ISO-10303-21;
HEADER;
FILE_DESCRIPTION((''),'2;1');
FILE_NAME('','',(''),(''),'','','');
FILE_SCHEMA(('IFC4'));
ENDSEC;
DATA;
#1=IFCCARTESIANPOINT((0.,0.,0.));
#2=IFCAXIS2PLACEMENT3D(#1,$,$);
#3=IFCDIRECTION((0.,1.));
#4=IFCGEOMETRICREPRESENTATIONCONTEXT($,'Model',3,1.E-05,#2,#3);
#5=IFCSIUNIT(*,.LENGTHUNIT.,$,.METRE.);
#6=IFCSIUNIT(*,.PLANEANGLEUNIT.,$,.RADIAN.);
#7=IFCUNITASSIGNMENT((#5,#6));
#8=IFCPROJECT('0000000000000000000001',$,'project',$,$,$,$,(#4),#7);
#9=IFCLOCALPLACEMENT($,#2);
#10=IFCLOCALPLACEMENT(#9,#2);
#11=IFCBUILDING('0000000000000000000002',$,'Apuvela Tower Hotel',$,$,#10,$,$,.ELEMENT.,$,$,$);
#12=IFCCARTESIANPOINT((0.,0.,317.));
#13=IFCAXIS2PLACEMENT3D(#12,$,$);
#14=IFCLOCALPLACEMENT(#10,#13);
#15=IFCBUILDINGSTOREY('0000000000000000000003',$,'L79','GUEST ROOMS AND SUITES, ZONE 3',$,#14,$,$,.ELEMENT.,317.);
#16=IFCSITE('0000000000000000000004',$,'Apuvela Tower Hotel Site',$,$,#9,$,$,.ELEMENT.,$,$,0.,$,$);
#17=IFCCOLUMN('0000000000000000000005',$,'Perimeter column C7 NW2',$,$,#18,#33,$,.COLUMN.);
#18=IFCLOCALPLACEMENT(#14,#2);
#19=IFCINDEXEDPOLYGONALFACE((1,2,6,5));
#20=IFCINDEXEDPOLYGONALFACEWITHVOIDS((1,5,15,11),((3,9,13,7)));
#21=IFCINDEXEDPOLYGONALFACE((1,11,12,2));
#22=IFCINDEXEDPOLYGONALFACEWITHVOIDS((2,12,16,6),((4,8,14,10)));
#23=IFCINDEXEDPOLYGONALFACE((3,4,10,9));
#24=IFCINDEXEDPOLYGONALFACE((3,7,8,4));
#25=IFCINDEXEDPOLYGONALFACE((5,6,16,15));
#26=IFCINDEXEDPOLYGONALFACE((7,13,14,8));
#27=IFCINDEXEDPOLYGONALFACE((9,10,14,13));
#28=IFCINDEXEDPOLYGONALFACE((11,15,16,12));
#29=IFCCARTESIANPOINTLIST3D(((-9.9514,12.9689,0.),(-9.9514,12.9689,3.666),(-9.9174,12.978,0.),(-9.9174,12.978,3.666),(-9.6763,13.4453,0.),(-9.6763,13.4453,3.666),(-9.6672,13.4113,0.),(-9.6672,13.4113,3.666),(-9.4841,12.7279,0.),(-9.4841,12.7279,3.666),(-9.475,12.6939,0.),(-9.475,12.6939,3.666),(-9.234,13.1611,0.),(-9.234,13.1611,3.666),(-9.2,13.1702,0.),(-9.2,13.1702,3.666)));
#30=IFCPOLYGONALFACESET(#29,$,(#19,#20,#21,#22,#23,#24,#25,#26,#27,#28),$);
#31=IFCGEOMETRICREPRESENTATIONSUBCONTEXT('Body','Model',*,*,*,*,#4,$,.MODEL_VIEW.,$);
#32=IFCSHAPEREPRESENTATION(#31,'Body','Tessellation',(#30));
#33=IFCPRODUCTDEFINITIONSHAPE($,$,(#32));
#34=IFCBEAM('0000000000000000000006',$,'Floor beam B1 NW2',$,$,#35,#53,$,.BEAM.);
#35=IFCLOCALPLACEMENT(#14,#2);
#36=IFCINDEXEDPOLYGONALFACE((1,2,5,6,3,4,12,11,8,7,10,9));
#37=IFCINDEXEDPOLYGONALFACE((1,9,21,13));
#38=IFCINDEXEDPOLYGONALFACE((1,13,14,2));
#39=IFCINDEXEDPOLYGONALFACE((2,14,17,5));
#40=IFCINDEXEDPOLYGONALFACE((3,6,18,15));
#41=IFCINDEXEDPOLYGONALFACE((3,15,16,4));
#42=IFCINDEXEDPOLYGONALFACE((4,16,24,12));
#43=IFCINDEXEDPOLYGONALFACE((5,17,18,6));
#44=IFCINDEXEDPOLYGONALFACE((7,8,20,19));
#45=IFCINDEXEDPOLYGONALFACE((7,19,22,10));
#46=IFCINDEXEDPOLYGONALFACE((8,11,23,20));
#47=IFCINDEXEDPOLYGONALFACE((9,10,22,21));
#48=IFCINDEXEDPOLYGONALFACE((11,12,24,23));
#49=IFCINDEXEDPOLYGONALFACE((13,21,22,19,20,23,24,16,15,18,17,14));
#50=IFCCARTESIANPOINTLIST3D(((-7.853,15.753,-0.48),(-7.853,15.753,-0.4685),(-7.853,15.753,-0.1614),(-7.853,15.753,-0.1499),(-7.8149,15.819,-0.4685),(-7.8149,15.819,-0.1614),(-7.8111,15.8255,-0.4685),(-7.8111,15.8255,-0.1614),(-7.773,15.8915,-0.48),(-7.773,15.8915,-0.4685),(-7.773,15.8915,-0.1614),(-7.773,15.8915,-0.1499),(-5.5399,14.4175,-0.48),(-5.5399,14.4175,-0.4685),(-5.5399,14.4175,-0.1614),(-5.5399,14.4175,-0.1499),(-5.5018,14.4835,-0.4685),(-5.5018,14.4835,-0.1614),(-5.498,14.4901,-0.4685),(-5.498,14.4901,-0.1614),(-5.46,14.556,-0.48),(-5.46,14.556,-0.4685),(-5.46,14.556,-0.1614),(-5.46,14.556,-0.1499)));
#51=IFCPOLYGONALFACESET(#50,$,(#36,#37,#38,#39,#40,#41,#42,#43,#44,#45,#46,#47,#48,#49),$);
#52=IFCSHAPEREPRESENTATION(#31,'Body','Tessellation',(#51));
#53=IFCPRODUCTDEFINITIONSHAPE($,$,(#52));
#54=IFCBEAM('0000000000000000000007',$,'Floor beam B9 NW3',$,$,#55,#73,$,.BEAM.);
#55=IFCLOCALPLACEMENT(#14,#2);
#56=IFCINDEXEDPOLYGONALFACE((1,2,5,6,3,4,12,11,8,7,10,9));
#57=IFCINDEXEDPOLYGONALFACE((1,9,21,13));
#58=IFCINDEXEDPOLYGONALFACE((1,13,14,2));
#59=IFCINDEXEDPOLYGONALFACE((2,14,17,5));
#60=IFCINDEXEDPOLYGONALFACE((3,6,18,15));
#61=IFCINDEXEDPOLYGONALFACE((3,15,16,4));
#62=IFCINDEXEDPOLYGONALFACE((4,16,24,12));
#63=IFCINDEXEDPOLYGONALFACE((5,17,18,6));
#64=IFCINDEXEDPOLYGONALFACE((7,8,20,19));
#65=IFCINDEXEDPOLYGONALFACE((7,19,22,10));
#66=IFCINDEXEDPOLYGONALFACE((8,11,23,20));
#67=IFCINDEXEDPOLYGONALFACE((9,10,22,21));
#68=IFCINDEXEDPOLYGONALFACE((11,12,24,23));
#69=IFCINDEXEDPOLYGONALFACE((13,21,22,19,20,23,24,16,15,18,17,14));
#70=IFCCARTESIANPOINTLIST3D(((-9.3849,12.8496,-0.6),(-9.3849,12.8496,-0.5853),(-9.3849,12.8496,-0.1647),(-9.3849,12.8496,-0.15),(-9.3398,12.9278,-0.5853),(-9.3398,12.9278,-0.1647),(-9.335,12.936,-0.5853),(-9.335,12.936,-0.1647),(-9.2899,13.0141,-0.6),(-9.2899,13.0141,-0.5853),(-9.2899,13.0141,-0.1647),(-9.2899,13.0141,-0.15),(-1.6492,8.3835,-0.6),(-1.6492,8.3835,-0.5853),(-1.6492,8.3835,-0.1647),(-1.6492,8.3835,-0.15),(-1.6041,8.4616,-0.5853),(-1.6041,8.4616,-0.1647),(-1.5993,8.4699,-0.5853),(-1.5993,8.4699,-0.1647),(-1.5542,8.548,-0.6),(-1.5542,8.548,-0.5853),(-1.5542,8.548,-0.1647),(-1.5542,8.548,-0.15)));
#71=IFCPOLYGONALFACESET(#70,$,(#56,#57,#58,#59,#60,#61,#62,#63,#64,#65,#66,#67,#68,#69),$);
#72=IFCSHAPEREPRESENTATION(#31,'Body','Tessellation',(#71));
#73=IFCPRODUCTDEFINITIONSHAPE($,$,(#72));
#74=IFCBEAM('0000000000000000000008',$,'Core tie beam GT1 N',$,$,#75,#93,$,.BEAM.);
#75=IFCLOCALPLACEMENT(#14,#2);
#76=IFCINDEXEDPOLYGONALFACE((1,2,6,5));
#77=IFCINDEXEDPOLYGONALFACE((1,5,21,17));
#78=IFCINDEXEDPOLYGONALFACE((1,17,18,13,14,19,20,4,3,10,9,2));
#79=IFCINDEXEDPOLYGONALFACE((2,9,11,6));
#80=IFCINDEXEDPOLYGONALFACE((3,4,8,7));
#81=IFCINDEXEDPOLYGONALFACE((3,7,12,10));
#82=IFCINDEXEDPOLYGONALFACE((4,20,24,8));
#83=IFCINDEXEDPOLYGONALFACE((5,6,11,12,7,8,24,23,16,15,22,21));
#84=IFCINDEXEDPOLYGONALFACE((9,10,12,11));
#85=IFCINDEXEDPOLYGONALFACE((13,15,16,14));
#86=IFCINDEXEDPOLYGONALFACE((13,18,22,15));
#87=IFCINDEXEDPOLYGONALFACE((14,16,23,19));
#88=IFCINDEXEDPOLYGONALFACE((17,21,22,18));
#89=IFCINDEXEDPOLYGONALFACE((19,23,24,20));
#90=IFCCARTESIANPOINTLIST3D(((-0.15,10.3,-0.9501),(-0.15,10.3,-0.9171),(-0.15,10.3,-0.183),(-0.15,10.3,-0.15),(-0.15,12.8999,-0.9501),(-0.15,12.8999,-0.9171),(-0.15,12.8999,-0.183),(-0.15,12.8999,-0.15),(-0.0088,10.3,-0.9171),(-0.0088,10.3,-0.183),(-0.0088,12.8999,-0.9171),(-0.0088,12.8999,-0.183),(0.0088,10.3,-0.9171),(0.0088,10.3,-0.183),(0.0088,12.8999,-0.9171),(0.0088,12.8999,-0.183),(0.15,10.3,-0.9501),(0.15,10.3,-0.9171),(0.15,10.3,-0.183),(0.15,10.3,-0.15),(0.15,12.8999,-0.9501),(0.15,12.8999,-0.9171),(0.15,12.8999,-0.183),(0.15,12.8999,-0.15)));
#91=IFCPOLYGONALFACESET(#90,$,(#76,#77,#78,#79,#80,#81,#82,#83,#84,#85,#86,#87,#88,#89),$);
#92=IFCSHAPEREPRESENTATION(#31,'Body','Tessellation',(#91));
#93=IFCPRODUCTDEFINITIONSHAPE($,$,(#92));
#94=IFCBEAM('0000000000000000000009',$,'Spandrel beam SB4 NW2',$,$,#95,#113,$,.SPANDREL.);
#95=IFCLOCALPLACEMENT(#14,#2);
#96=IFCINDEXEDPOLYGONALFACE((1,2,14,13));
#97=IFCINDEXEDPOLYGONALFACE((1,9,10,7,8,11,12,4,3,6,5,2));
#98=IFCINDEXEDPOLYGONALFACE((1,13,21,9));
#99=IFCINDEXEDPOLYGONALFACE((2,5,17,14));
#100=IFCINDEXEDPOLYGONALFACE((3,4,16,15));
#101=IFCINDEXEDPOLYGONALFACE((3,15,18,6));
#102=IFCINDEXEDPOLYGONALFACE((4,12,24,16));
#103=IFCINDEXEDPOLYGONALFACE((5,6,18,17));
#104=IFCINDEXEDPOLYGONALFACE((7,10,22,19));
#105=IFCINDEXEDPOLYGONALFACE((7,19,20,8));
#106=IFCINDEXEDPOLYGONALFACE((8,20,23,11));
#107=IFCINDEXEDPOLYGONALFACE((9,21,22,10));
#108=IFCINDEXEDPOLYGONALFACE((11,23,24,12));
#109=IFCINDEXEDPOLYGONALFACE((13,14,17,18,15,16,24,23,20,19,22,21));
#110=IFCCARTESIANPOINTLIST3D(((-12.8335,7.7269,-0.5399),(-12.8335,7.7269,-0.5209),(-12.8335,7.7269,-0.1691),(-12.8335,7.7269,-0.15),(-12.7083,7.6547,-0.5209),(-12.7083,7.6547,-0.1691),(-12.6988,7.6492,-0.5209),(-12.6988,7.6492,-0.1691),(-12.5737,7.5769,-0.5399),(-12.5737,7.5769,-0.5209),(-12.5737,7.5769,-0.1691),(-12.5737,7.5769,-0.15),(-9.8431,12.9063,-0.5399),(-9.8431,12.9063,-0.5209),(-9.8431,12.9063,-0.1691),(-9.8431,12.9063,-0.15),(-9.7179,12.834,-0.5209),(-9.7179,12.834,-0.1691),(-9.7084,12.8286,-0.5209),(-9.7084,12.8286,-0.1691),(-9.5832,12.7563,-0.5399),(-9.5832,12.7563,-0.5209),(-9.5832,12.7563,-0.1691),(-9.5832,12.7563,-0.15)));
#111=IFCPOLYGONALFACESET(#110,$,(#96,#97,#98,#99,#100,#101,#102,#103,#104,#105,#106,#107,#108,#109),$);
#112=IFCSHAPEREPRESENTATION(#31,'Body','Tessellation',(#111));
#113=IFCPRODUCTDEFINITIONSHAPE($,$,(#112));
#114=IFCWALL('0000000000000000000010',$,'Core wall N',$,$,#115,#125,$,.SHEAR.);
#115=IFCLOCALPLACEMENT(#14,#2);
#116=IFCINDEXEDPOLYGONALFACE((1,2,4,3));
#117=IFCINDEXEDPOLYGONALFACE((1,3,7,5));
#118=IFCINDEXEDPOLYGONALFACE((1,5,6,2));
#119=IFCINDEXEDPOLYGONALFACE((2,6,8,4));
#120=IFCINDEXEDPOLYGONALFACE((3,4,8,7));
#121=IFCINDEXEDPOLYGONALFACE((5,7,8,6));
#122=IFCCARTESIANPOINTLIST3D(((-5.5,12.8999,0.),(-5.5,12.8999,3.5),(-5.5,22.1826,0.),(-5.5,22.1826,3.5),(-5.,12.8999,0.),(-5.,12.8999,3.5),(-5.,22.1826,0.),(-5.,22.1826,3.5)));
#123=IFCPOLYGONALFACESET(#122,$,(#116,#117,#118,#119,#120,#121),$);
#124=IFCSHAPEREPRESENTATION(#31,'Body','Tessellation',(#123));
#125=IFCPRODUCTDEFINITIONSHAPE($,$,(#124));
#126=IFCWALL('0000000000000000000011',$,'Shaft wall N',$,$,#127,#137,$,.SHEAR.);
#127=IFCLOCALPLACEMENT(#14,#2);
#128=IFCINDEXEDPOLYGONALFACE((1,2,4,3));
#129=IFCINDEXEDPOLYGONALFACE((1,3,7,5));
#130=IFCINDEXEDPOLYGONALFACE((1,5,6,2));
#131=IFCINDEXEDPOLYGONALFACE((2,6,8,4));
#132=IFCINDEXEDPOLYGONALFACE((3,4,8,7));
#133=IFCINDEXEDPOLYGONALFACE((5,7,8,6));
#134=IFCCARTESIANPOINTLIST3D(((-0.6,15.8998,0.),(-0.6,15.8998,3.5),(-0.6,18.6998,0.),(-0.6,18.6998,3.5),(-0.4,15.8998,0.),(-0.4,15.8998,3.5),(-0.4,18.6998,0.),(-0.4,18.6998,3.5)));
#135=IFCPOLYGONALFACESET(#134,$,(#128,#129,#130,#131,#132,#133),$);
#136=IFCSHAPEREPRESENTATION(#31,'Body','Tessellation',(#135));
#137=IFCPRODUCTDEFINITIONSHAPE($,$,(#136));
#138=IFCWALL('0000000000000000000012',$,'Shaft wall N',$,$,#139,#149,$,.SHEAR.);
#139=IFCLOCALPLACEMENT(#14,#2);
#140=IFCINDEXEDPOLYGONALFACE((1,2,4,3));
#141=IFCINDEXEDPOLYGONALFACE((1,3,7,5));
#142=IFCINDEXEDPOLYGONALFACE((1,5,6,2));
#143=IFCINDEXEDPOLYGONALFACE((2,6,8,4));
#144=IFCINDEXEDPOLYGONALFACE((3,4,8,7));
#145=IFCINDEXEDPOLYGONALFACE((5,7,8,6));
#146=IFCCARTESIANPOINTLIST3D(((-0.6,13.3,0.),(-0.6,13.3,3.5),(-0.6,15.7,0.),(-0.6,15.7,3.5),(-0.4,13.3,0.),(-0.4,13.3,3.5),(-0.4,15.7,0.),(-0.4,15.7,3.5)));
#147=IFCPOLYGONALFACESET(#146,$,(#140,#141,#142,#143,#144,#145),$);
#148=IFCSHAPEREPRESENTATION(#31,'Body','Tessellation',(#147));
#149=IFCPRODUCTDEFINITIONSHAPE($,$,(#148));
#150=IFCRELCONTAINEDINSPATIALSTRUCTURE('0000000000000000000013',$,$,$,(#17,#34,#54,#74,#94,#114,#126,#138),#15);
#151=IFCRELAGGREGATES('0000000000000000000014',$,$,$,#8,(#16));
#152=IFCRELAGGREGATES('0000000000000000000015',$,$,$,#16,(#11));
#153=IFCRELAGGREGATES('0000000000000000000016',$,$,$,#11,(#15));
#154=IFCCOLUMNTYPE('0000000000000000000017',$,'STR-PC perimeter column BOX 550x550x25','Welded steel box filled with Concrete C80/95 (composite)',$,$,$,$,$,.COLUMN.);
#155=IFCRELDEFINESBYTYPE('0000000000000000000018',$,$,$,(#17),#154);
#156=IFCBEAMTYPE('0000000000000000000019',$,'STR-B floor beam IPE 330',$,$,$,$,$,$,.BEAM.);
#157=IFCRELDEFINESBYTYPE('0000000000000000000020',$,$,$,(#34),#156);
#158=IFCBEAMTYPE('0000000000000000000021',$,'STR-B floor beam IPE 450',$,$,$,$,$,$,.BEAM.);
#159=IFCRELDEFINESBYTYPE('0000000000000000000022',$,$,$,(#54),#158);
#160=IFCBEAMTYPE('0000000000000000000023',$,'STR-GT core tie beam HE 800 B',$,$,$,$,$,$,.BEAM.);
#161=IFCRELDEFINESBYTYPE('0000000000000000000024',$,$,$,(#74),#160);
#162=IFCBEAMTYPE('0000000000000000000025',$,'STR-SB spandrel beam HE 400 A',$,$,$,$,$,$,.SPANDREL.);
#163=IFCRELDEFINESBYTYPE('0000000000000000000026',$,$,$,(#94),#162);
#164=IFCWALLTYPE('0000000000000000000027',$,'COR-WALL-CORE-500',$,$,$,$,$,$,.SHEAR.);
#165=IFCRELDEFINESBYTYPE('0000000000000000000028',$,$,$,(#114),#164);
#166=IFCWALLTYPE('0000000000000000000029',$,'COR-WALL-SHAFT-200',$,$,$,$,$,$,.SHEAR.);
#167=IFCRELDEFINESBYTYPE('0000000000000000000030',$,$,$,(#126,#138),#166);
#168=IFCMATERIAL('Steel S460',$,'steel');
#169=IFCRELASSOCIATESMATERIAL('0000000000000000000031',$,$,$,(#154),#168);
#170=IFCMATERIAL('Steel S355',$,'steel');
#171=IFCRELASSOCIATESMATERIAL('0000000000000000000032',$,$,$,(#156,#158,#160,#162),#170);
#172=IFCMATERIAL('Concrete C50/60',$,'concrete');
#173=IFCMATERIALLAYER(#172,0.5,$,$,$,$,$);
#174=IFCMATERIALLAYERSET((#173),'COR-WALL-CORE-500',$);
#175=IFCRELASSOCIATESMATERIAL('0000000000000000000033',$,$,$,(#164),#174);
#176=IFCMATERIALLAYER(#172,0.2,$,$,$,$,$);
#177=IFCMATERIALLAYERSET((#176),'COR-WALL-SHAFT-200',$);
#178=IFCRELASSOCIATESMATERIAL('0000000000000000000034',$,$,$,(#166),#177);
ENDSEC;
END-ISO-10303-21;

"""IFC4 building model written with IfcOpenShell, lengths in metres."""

from ifc_helpers import new_model, si_unit, direction, frame, frame_2d, origin, origin_2d, place, context, subcontext, project, spatial, rectangle, hollow_rectangle, i_section, extrude, boolean, halfspace, material, layer, layer_set, material_profile, profile_set, type_object, element, save


model = new_model("IFC4")

# Units and contexts
model_context = context("Model", 3, precision=1e-05, world=origin(), true_north=direction((0.0, 1.0)))
body_context = subcontext(model_context, "Body", "Model", "MODEL_VIEW")
ifc_project = project(units=[si_unit("LENGTHUNIT", "METRE"), si_unit("PLANEANGLEUNIT", "RADIAN")], contexts=[model_context])

# Site, building, storey
site_placement = place(None, origin())
site = spatial("IfcSite", under=ifc_project, at=site_placement, Name="Apuvela Tower Hotel Site", CompositionType="ELEMENT", RefElevation=0.0)
building_placement = place(site_placement, origin())
building = spatial("IfcBuilding", under=site, at=building_placement, Name="Apuvela Tower Hotel", CompositionType="ELEMENT")
storey_placement = place(building_placement, frame((0.0, 0.0, 317.0)))
storey = spatial("IfcBuildingStorey", under=building, at=storey_placement, Name="L79", Description="GUEST ROOMS AND SUITES, ZONE 3", CompositionType="ELEMENT", Elevation=317.0)

# Column
ifc_material_1 = material(Name="Steel S460", Category="steel")
ifc_material_profile_1 = material_profile(ifc_material_1, hollow_rectangle(XDim=0.55, YDim=0.55, WallThickness=0.0249, at=origin_2d()), Name="BOX 550x550x25")
ifc_material_2 = material(Name="Concrete C80/95", Category="concrete")
ifc_material_profile_2 = material_profile(ifc_material_2, rectangle(XDim=0.5, YDim=0.5, at=origin_2d()), Name="Concrete C80/95 infill")
ifc_profile_set_1 = profile_set([ifc_material_profile_1, ifc_material_profile_2], Name="Steel S460")
column_type = type_object("IfcColumnType", Name="STR-PC perimeter column BOX 550x550x25", Description="Welded steel box filled with Concrete C80/95 (composite)", PredefinedType="COLUMN", material=ifc_profile_set_1)
column_placement = place(storey_placement, frame((-9.5757, 13.0696, 0.0), z_axis=(0.0, 0.0, 1.0), x_axis=(0.5, 0.866025, 0.0)))
element("IfcColumn", 1, at=column_placement, inside=storey, type_object=column_type, Name="Perimeter column C7 NW2", PredefinedType="COLUMN", context=body_context, shape_type="SweptSolid", body=[
    boolean("DIFFERENCE", extrude(hollow_rectangle(XDim=0.55, YDim=0.55, WallThickness=0.0249, at=origin_2d()), origin(), (0.0, 0.0, 1.0), 3.7), halfspace(frame((0.0, 0.0, 3.666), z_axis=(0.0, 0.0, 1.0), x_axis=(1.0, 0.0, 0.0)), False)),
])

# Beams
ifc_material_3 = material(Name="Steel S355", Category="steel")
ifc_material_profile_3 = material_profile(ifc_material_3, i_section(OverallWidth=0.1599, OverallDepth=0.3301, WebThickness=0.0076, FlangeThickness=0.0115, at=origin_2d()), Name="IPE 330")
ifc_profile_set_2 = profile_set([ifc_material_profile_3], Name="Steel S355")
beam_type_1 = type_object("IfcBeamType", Name="STR-B floor beam IPE 330", PredefinedType="BEAM", material=ifc_profile_set_2)
beam_1_placement = place(storey_placement, frame((-7.813, 15.8223, -0.3149), z_axis=(0.866018, -0.500013, 0.0), x_axis=(0.500013, 0.866018, 0.0)))
element("IfcBeam", 2, at=beam_1_placement, inside=storey, type_object=beam_type_1, Name="Floor beam B1 NW2", PredefinedType="BEAM", context=body_context, shape_type="SweptSolid", body=[
    extrude(i_section(OverallWidth=0.1599, OverallDepth=0.3301, WebThickness=0.0076, FlangeThickness=0.0115, at=origin_2d()), origin(), (0.0, 0.0, 1.0), 2.6709),
])
ifc_material_profile_4 = material_profile(ifc_material_3, i_section(OverallWidth=0.1899, OverallDepth=0.45, WebThickness=0.0095, FlangeThickness=0.0146, at=origin_2d()), Name="IPE 450")
ifc_profile_set_3 = profile_set([ifc_material_profile_4], Name="Steel S355")
beam_type_2 = type_object("IfcBeamType", Name="STR-B floor beam IPE 450", PredefinedType="BEAM", material=ifc_profile_set_3)
beam_2_placement = place(storey_placement, frame((-9.3374, 12.9319, -0.375), z_axis=(0.866029, -0.499993, 0.0), x_axis=(0.499993, 0.866029, 0.0)))
element("IfcBeam", 3, at=beam_2_placement, inside=storey, type_object=beam_type_2, Name="Floor beam B9 NW3", PredefinedType="BEAM", context=body_context, shape_type="SweptSolid", body=[
    extrude(i_section(OverallWidth=0.1899, OverallDepth=0.45, WebThickness=0.0095, FlangeThickness=0.0146, at=origin_2d()), origin(), (0.0, 0.0, 1.0), 8.9324),
])
ifc_material_profile_5 = material_profile(ifc_material_3, i_section(OverallWidth=0.3, OverallDepth=0.8, WebThickness=0.0176, FlangeThickness=0.033, at=origin_2d()), Name="HE 800 B")
ifc_profile_set_4 = profile_set([ifc_material_profile_5], Name="Steel S355")
beam_type_3 = type_object("IfcBeamType", Name="STR-GT core tie beam HE 800 B", PredefinedType="BEAM", material=ifc_profile_set_4)
beam_3_placement = place(storey_placement, frame((0.0, 12.8999, -0.55), z_axis=(0.0, -1.0, 0.0), x_axis=(1.0, 0.0, 0.0)))
element("IfcBeam", 4, at=beam_3_placement, inside=storey, type_object=beam_type_3, Name="Core tie beam GT1 N", PredefinedType="BEAM", context=body_context, shape_type="SweptSolid", body=[
    extrude(i_section(OverallWidth=0.3, OverallDepth=0.8, WebThickness=0.0176, FlangeThickness=0.033, at=origin_2d()), origin(), (0.0, 0.0, 1.0), 2.5999),
])
ifc_material_profile_6 = material_profile(ifc_material_3, i_section(OverallWidth=0.3, OverallDepth=0.3899, WebThickness=0.011, FlangeThickness=0.019, at=origin_2d()), Name="HE 400 A")
ifc_profile_set_5 = profile_set([ifc_material_profile_6], Name="Steel S355")
beam_type_4 = type_object("IfcBeamType", Name="STR-SB spandrel beam HE 400 A", PredefinedType="SPANDREL", material=ifc_profile_set_5)
beam_4_placement = place(storey_placement, frame((-9.7131, 12.8313, -0.345), z_axis=(-0.500016, -0.866016, 0.0), x_axis=(0.866016, -0.500016, 0.0)))
element("IfcBeam", 5, at=beam_4_placement, inside=storey, type_object=beam_type_4, Name="Spandrel beam SB4 NW2", PredefinedType="SPANDREL", context=body_context, shape_type="SweptSolid", body=[
    extrude(i_section(OverallWidth=0.3, OverallDepth=0.3899, WebThickness=0.011, FlangeThickness=0.019, at=origin_2d()), origin(), (0.0, 0.0, 1.0), 5.9807),
])

# Walls
ifc_material_4 = material(Name="Concrete C50/60", Category="concrete")
ifc_layer_1 = layer(ifc_material_4, 0.5)
ifc_layer_set_1 = layer_set([ifc_layer_1], Name="COR-WALL-CORE-500")
wall_type_1 = type_object("IfcWallType", Name="COR-WALL-CORE-500", PredefinedType="SHEAR", material=ifc_layer_set_1)
wall_1_placement = place(storey_placement, frame((-5.25, 12.8999, 0.0), z_axis=(0.0, 0.0, 1.0), x_axis=(0.0, 1.0, 0.0)))
element("IfcWall", 6, at=wall_1_placement, inside=storey, type_object=wall_type_1, Name="Core wall N", PredefinedType="SHEAR", context=body_context, shape_type="SweptSolid", body=[
    extrude(rectangle(XDim=9.2827, YDim=0.5, at=frame_2d((4.6414, 0.0))), origin(), (0.0, 0.0, 1.0), 3.5),
])
ifc_layer_2 = layer(ifc_material_4, 0.2)
ifc_layer_set_2 = layer_set([ifc_layer_2], Name="COR-WALL-SHAFT-200")
wall_type_2 = type_object("IfcWallType", Name="COR-WALL-SHAFT-200", PredefinedType="SHEAR", material=ifc_layer_set_2)
wall_2_placement = place(storey_placement, frame((-0.5, 15.8999, 0.0), z_axis=(0.0, 0.0, 1.0), x_axis=(0.0, 1.0, 0.0)))
element("IfcWall", 7, at=wall_2_placement, inside=storey, type_object=wall_type_2, Name="Shaft wall N", PredefinedType="SHEAR", context=body_context, shape_type="SweptSolid", body=[
    extrude(rectangle(XDim=2.8, YDim=0.2, at=frame_2d((1.3999, 0.0))), origin(), (0.0, 0.0, 1.0), 3.5),
])
wall_3_placement = place(storey_placement, frame((-0.5, 13.3, 0.0), z_axis=(0.0, 0.0, 1.0), x_axis=(0.0, 1.0, 0.0)))
element("IfcWall", 8, at=wall_3_placement, inside=storey, type_object=wall_type_2, Name="Shaft wall N", PredefinedType="SHEAR", context=body_context, shape_type="SweptSolid", body=[
    extrude(rectangle(XDim=2.3999, YDim=0.2, at=frame_2d((1.2, 0.0))), origin(), (0.0, 0.0, 1.0), 3.5),
])

save(model, "model.ifc")
